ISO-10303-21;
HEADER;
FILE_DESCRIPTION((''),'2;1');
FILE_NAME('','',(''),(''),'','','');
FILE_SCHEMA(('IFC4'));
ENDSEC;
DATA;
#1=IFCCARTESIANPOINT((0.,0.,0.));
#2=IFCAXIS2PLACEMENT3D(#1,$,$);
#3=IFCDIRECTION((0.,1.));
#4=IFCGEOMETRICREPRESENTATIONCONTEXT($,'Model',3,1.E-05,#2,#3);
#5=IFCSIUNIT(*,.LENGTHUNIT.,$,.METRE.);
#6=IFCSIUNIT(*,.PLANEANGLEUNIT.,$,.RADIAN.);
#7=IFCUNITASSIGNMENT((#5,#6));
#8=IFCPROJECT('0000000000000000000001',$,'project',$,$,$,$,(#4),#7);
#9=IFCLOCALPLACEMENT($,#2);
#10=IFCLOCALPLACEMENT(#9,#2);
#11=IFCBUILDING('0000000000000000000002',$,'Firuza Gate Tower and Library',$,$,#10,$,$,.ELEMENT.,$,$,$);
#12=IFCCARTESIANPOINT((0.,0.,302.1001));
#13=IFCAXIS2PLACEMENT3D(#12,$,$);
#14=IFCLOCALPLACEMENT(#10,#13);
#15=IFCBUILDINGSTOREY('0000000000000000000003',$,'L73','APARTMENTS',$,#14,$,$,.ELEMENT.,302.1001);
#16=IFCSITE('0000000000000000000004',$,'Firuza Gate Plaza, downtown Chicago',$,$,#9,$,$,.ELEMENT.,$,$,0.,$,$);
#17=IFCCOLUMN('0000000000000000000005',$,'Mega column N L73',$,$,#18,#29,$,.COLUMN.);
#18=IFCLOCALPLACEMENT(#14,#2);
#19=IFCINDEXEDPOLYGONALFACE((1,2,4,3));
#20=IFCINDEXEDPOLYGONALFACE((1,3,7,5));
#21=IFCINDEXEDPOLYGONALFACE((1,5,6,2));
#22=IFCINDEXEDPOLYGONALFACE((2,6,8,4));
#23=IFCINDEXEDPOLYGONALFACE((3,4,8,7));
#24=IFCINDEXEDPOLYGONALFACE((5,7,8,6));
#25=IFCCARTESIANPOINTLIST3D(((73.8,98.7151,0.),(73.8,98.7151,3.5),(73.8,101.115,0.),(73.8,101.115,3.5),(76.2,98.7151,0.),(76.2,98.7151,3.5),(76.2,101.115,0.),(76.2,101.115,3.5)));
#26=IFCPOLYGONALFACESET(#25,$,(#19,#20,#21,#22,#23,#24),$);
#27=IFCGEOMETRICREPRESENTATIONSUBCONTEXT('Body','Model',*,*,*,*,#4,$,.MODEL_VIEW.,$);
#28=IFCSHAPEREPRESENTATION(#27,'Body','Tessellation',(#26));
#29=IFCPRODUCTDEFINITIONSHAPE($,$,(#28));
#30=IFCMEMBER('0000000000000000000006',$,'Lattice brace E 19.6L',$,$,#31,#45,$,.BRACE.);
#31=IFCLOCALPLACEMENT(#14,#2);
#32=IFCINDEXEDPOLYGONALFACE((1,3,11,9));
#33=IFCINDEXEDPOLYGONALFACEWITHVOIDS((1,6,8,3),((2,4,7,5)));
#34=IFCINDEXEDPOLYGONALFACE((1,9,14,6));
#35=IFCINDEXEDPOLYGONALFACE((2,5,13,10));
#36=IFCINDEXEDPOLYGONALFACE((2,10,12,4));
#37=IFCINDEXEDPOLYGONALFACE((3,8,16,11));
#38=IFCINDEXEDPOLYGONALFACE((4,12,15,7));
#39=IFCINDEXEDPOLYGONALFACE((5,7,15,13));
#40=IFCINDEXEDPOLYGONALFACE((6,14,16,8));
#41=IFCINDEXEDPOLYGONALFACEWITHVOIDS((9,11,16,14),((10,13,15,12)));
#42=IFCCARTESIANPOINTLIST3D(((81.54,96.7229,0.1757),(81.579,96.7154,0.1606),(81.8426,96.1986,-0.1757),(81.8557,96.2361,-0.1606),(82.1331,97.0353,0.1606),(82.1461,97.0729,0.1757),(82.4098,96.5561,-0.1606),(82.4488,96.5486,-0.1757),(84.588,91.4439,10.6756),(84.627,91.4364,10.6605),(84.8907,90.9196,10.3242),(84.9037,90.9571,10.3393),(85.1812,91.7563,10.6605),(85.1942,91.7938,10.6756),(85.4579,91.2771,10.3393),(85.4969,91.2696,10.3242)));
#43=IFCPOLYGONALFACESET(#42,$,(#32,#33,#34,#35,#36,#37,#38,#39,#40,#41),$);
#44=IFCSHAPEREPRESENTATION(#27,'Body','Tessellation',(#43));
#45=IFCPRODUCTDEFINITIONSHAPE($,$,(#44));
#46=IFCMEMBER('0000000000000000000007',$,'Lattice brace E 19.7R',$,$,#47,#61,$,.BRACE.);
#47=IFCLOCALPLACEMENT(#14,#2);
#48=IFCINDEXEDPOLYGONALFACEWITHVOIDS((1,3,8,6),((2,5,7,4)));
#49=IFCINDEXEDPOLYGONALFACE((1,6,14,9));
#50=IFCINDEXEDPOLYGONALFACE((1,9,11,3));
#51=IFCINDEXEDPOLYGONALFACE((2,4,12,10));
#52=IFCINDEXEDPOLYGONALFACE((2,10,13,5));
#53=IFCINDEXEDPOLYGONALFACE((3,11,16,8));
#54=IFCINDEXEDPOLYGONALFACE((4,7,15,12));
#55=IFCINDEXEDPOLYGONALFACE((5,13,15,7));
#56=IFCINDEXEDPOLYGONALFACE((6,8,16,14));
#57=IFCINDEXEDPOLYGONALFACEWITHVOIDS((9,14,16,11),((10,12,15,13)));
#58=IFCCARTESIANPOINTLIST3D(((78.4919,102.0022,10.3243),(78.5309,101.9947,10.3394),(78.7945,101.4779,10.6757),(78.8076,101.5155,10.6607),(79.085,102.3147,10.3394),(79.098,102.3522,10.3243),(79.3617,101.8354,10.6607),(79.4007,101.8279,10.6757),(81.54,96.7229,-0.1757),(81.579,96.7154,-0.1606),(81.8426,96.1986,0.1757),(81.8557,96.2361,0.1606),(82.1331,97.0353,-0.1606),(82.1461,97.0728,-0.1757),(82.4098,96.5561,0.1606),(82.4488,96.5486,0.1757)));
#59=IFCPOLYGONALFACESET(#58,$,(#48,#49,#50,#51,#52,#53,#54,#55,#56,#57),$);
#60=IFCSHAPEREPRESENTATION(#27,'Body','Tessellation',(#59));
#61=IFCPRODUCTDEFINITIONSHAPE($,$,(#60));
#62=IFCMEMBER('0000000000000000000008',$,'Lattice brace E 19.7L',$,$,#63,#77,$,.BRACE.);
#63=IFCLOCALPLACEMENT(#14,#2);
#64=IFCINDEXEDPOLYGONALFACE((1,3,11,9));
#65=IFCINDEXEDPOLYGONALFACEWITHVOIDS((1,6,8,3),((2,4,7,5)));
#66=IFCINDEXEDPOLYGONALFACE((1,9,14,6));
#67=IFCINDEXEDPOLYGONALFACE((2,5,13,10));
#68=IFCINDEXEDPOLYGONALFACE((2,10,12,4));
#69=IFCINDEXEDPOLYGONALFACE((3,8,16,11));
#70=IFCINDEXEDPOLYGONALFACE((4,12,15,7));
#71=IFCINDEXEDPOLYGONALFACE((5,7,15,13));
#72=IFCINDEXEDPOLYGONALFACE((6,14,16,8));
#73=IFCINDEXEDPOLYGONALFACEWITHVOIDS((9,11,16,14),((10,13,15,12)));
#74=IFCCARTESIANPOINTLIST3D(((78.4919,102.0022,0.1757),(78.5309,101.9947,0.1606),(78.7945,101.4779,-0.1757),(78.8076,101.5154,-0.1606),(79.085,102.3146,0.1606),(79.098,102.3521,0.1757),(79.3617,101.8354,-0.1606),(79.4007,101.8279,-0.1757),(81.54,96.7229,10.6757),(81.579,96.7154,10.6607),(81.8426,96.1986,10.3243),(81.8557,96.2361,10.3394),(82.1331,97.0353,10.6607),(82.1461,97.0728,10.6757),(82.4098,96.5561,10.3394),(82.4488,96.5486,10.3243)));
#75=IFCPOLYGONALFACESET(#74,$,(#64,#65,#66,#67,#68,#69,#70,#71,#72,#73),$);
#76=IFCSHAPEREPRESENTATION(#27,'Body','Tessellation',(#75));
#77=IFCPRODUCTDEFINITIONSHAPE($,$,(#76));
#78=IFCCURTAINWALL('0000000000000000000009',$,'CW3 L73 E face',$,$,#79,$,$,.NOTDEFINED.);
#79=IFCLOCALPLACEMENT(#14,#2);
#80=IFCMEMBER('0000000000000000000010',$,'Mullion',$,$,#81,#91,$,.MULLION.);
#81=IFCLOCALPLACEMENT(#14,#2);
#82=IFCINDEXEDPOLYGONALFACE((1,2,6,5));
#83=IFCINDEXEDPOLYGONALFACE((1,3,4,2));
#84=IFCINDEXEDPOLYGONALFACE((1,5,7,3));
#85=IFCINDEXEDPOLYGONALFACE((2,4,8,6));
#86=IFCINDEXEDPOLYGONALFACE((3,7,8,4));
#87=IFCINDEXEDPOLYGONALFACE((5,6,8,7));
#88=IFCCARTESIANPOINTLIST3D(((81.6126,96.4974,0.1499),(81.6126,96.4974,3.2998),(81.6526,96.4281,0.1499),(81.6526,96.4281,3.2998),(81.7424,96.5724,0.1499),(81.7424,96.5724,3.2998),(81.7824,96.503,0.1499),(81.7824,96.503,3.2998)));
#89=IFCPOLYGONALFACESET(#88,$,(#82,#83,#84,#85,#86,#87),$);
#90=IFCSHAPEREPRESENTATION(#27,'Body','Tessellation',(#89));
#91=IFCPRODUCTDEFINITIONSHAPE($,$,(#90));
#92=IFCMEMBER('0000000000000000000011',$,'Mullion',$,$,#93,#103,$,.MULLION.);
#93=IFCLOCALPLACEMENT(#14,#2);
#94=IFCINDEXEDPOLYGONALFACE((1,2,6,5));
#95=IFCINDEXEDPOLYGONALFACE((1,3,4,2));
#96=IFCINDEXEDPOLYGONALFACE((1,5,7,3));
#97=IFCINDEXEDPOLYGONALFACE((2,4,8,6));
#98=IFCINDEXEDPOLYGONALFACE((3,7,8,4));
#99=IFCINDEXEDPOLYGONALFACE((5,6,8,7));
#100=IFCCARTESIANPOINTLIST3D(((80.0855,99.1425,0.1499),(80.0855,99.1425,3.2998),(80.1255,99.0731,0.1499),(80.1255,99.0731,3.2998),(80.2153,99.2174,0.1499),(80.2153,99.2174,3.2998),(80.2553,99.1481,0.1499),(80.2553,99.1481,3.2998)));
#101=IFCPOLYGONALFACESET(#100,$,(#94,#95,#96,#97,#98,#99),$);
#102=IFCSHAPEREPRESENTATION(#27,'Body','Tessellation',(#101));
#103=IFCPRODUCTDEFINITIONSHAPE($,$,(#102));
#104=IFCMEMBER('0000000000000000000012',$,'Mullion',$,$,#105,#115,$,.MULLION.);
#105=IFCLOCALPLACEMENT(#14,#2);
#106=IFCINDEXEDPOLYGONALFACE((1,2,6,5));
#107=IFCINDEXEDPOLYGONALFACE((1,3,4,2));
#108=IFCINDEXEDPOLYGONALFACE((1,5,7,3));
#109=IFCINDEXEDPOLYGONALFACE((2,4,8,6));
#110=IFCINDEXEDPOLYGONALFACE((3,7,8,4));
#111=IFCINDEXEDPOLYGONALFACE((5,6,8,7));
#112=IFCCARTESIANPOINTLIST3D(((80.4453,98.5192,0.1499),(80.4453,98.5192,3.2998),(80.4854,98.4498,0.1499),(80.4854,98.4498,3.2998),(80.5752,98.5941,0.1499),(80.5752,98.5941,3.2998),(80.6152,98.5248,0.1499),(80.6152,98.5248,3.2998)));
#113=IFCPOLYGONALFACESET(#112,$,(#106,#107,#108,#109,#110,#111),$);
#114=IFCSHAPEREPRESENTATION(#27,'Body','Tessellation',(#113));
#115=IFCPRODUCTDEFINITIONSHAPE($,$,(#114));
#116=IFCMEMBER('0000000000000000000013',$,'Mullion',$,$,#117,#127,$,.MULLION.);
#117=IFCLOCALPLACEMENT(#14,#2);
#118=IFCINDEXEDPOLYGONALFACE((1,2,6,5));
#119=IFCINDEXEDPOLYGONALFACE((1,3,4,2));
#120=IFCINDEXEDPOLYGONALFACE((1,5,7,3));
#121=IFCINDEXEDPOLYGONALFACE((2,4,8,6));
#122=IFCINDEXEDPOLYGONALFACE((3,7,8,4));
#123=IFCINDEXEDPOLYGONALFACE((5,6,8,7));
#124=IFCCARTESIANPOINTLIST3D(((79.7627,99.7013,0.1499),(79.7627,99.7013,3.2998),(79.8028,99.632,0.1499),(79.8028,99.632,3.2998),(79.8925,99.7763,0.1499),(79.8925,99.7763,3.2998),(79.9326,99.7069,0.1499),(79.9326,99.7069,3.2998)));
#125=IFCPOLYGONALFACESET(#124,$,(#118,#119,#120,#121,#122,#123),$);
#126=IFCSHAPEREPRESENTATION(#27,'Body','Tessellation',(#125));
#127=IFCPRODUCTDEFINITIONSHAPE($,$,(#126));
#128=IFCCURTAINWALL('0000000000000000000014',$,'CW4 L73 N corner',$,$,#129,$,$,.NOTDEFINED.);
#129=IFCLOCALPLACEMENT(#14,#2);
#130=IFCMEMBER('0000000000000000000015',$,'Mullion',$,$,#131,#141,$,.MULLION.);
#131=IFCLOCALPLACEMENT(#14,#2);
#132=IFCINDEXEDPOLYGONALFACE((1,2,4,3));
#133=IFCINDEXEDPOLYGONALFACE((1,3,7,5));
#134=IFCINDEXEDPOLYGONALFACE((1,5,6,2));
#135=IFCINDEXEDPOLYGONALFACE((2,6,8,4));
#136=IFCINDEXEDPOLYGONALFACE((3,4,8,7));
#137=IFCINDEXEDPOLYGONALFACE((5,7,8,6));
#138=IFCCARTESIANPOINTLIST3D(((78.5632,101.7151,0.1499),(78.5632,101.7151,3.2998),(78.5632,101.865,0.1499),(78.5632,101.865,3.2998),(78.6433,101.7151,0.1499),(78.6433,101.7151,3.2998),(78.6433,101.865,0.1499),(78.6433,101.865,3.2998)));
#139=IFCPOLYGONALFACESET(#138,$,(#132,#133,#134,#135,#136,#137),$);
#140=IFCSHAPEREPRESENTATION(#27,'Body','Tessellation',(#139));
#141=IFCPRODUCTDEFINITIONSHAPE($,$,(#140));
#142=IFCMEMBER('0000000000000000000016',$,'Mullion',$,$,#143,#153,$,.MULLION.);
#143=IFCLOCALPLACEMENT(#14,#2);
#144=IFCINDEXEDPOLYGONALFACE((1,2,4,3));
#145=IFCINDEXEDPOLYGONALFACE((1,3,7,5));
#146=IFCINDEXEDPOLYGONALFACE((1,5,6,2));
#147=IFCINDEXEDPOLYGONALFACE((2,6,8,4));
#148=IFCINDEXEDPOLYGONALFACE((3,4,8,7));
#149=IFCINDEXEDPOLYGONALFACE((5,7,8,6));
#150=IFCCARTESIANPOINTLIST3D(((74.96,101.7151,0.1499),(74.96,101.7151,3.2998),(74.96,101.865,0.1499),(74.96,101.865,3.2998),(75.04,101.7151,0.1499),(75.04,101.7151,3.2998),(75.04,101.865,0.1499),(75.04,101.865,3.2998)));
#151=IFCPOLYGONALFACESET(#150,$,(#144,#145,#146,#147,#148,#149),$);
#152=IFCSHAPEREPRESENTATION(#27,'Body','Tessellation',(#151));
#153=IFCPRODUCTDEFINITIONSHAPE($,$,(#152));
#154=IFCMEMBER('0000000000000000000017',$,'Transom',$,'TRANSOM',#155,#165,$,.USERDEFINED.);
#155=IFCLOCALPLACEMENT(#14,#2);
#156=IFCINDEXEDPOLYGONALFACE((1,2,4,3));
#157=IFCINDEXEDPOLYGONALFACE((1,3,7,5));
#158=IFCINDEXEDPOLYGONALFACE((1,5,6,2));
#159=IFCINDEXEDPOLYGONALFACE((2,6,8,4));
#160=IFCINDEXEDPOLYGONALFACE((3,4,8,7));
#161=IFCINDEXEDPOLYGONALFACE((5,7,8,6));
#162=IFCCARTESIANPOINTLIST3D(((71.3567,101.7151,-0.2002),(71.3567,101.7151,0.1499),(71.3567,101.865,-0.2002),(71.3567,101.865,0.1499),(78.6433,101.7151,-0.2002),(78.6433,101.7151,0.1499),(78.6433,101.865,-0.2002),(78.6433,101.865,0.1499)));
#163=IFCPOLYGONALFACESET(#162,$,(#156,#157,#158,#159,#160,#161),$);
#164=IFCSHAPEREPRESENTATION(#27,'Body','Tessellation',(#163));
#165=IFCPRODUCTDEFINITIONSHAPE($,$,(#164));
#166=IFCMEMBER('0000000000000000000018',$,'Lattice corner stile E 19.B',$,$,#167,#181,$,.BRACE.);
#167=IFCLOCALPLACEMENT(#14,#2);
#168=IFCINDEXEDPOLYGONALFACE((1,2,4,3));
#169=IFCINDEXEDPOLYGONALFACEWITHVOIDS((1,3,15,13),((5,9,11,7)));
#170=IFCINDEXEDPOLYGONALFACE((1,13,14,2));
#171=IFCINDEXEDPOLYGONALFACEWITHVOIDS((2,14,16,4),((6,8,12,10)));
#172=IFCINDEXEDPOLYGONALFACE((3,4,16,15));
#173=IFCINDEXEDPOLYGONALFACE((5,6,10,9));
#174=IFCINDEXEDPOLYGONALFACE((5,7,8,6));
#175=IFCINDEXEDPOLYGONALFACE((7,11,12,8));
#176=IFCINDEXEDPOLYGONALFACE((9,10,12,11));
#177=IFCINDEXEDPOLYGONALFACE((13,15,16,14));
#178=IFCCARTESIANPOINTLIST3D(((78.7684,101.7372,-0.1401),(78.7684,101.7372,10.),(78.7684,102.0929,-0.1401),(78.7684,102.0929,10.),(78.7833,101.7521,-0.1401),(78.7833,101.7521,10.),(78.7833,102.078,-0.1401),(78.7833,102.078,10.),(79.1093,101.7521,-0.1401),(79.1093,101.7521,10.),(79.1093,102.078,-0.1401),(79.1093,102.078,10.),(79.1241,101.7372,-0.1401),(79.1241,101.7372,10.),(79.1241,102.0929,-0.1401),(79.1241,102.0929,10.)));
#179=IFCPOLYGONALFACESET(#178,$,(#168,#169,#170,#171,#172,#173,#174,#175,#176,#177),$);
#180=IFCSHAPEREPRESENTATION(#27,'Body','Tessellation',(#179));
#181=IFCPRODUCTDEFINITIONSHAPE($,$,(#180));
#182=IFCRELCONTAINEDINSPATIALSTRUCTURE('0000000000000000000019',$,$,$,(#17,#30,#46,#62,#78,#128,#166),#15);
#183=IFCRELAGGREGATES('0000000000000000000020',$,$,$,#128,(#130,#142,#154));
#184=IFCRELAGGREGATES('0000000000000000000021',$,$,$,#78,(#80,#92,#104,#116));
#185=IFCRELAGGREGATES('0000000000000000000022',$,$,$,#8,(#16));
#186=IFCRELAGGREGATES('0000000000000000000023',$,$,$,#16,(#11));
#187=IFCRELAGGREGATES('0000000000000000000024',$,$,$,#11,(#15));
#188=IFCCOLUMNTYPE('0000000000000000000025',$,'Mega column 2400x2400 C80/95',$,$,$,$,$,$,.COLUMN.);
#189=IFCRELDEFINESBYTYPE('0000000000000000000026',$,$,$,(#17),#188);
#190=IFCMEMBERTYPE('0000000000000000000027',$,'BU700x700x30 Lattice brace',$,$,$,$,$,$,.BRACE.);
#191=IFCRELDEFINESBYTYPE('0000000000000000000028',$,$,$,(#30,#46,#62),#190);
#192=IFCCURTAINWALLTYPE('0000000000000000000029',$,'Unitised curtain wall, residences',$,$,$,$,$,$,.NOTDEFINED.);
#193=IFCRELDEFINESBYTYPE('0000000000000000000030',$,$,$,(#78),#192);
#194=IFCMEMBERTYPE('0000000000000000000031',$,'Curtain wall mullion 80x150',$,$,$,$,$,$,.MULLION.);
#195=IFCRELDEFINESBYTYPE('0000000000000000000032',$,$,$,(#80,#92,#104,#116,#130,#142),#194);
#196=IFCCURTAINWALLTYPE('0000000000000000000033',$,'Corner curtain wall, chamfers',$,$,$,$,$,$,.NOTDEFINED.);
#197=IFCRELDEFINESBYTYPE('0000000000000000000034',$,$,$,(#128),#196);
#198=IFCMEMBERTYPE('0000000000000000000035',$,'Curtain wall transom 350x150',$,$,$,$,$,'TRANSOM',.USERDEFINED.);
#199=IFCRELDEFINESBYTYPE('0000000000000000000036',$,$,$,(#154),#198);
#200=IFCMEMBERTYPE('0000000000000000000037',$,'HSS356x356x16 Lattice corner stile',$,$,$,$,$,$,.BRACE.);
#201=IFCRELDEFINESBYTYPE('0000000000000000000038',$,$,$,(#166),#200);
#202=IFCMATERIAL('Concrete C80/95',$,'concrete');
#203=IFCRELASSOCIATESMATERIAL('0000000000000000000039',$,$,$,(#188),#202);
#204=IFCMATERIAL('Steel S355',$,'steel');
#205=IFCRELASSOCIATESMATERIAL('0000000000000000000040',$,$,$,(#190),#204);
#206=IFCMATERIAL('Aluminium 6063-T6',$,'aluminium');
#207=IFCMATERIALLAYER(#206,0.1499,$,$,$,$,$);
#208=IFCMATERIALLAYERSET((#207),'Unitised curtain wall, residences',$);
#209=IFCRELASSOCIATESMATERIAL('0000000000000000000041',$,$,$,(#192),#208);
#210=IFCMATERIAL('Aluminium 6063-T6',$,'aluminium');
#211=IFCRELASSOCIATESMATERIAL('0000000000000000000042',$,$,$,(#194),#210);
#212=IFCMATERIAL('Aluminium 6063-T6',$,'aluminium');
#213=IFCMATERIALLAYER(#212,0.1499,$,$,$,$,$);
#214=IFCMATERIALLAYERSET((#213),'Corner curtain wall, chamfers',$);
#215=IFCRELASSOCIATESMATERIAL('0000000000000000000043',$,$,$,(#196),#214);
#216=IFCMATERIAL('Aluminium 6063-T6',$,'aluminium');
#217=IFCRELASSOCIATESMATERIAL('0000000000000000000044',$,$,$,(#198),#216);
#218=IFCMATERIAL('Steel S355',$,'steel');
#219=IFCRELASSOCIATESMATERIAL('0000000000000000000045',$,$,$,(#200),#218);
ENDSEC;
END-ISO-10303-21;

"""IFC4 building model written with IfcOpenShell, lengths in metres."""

from ifc_helpers import new_model, si_unit, direction, frame, origin, origin_2d, place, context, subcontext, project, spatial, rectangle, hollow_rectangle, extrude, material, layer, layer_set, material_profile, profile_set, type_object, element, aggregate, save


model = new_model("IFC4")

# Units and contexts
model_context = context("Model", 3, precision=1e-05, world=origin(), true_north=direction((0.0, 1.0)))
body_context = subcontext(model_context, "Body", "Model", "MODEL_VIEW")
ifc_project = project(units=[si_unit("LENGTHUNIT", "METRE"), si_unit("PLANEANGLEUNIT", "RADIAN")], contexts=[model_context])

# Site, building, storey
site_placement = place(None, origin())
site = spatial("IfcSite", under=ifc_project, at=site_placement, Name="Firuza Gate Plaza, downtown Chicago", CompositionType="ELEMENT", RefElevation=0.0)
building_placement = place(site_placement, origin())
building = spatial("IfcBuilding", under=site, at=building_placement, Name="Firuza Gate Tower and Library", CompositionType="ELEMENT")
storey_placement = place(building_placement, frame((0.0, 0.0, 302.1001)))
storey = spatial("IfcBuildingStorey", under=building, at=storey_placement, Name="L73", Description="APARTMENTS", CompositionType="ELEMENT", Elevation=302.1001)

# Column
ifc_material_1 = material(Name="Concrete C80/95", Category="concrete")
ifc_material_profile_1 = material_profile(ifc_material_1, rectangle(XDim=2.3999, YDim=2.3999, at=origin_2d()))
ifc_profile_set_1 = profile_set([ifc_material_profile_1], Name="Concrete C80/95")
column_type = type_object("IfcColumnType", Name="Mega column 2400x2400 C80/95", PredefinedType="COLUMN", material=ifc_profile_set_1)
column_placement = place(storey_placement, frame((75.0, 99.915, 0.0), z_axis=(0.0, 0.0, 1.0), x_axis=(-1.0, 0.0, 0.0)))
element("IfcColumn", 1, at=column_placement, inside=storey, type_object=column_type, Name="Mega column N L73", PredefinedType="COLUMN", context=body_context, shape_type="SweptSolid", body=[
    extrude(rectangle(XDim=2.3999, YDim=2.3999, at=origin_2d()), origin(), (0.0, 0.0, 1.0), 3.5),
])

# Members
ifc_material_2 = material(Name="Steel S355", Category="steel")
ifc_material_profile_2 = material_profile(ifc_material_2, hollow_rectangle(XDim=0.7, YDim=0.7, WallThickness=0.03, at=origin_2d()))
ifc_profile_set_2 = profile_set([ifc_material_profile_2], Name="Steel S355")
member_type_1 = type_object("IfcMemberType", Name="BU700x700x30 Lattice brace", PredefinedType="BRACE", material=ifc_profile_set_2)
member_1_placement = place(storey_placement, frame((81.9944, 96.6357, 0.0), z_axis=(0.251053, -0.434804, 0.864822), x_axis=(0.866009, 0.500029, 0.0)))
element("IfcMember", 2, at=member_1_placement, inside=storey, type_object=member_type_1, Name="Lattice brace E 19.6L", PredefinedType="BRACE", context=body_context, shape_type="SweptSolid", body=[
    extrude(hollow_rectangle(XDim=0.7, YDim=0.7, WallThickness=0.03, at=origin_2d()), origin(), (0.0, 0.0, 1.0), 12.1411),
])
for number, where, z_axis, x_axis, name in (
    (3, (81.9944, 96.6357, 0.0), (-0.251051, 0.43482, 0.864815), (-0.866019, -0.500011, 0.0), "Lattice brace E 19.7R"),
    (4, (78.9463, 101.915, 0.0), (0.251051, -0.43482, 0.864815), (0.866019, 0.500011, 0.0), "Lattice brace E 19.7L"),
):
    element("IfcMember", number, at=place(storey_placement, frame(where, z_axis=z_axis, x_axis=x_axis)), inside=storey, type_object=member_type_1, Name=name, PredefinedType="BRACE", context=body_context, shape_type="SweptSolid", body=[
        extrude(hollow_rectangle(XDim=0.7, YDim=0.7, WallThickness=0.03, at=origin_2d()), origin(), (0.0, 0.0, 1.0), 12.1414),
    ])

# Curtain walls, members
ifc_material_3 = material(Name="Aluminium 6063-T6", Category="aluminium")
ifc_layer_1 = layer(ifc_material_3, 0.1499)
ifc_layer_set_1 = layer_set([ifc_layer_1], Name="Unitised curtain wall, residences")
curtain_wall_type_1 = type_object("IfcCurtainWallType", Name="Unitised curtain wall, residences", PredefinedType="NOTDEFINED", material=ifc_layer_set_1)
placement = place(storey_placement, origin())
curtain_wall_1 = element("IfcCurtainWall", 5, at=placement, inside=storey, type_object=curtain_wall_type_1, Name="CW3 L73 E face", PredefinedType="NOTDEFINED")
ifc_material_4 = material(Name="Aluminium 6063-T6", Category="aluminium")
ifc_material_profile_3 = material_profile(ifc_material_4, rectangle(XDim=0.1499, YDim=0.0801, at=origin_2d()))
ifc_profile_set_3 = profile_set([ifc_material_profile_3], Name="Aluminium 6063-T6")
member_type_2 = type_object("IfcMemberType", Name="Curtain wall mullion 80x150", PredefinedType="MULLION", material=ifc_profile_set_3)
member_2_placement = place(storey_placement, frame((81.6975, 96.5002, 0.1499), z_axis=(0.0, 0.0, 1.0), x_axis=(-0.866025, -0.5, 0.0)))
member_2 = element("IfcMember", 6, at=member_2_placement, type_object=member_type_2, Name="Mullion", PredefinedType="MULLION", context=body_context, shape_type="SweptSolid", body=[
    extrude(rectangle(XDim=0.1499, YDim=0.0801, at=origin_2d()), origin(), (0.0, 0.0, 1.0), 3.1499),
])
member_3_placement = place(storey_placement, frame((80.1704, 99.1453, 0.1499), z_axis=(0.0, 0.0, 1.0), x_axis=(-0.866025, -0.5, 0.0)))
member_3 = element("IfcMember", 7, at=member_3_placement, type_object=member_type_2, Name="Mullion", PredefinedType="MULLION", context=body_context, shape_type="SweptSolid", body=[
    extrude(rectangle(XDim=0.1499, YDim=0.0801, at=origin_2d()), origin(), (0.0, 0.0, 1.0), 3.1499),
])
member_4_placement = place(storey_placement, frame((80.5303, 98.522, 0.1499), z_axis=(0.0, 0.0, 1.0), x_axis=(-0.866025, -0.5, 0.0)))
member_4 = element("IfcMember", 8, at=member_4_placement, type_object=member_type_2, Name="Mullion", PredefinedType="MULLION", context=body_context, shape_type="SweptSolid", body=[
    extrude(rectangle(XDim=0.1499, YDim=0.0801, at=origin_2d()), origin(), (0.0, 0.0, 1.0), 3.1499),
])
member_5_placement = place(storey_placement, frame((79.8477, 99.7041, 0.1499), z_axis=(0.0, 0.0, 1.0), x_axis=(-0.866025, -0.5, 0.0)))
member_5 = element("IfcMember", 9, at=member_5_placement, type_object=member_type_2, Name="Mullion", PredefinedType="MULLION", context=body_context, shape_type="SweptSolid", body=[
    extrude(rectangle(XDim=0.1499, YDim=0.0801, at=origin_2d()), origin(), (0.0, 0.0, 1.0), 3.1499),
])
ifc_material_5 = material(Name="Aluminium 6063-T6", Category="aluminium")
ifc_layer_2 = layer(ifc_material_5, 0.1499)
ifc_layer_set_2 = layer_set([ifc_layer_2], Name="Corner curtain wall, chamfers")
curtain_wall_type_2 = type_object("IfcCurtainWallType", Name="Corner curtain wall, chamfers", PredefinedType="NOTDEFINED", material=ifc_layer_set_2)
curtain_wall_2 = element("IfcCurtainWall", 10, at=placement, inside=storey, type_object=curtain_wall_type_2, Name="CW4 L73 N corner", PredefinedType="NOTDEFINED")
member_6_placement = place(storey_placement, frame((78.6033, 101.79, 0.1499), z_axis=(0.0, 0.0, 1.0), x_axis=(0.0, -1.0, 0.0)))
member_6 = element("IfcMember", 11, at=member_6_placement, type_object=member_type_2, Name="Mullion", PredefinedType="MULLION", context=body_context, shape_type="SweptSolid", body=[
    extrude(rectangle(XDim=0.1499, YDim=0.0801, at=origin_2d()), origin(), (0.0, 0.0, 1.0), 3.1499),
])
member_7_placement = place(storey_placement, frame((75.0, 101.79, 0.1499), z_axis=(0.0, 0.0, 1.0), x_axis=(0.0, -1.0, 0.0)))
member_7 = element("IfcMember", 12, at=member_7_placement, type_object=member_type_2, Name="Mullion", PredefinedType="MULLION", context=body_context, shape_type="SweptSolid", body=[
    extrude(rectangle(XDim=0.1499, YDim=0.0801, at=origin_2d()), origin(), (0.0, 0.0, 1.0), 3.1499),
])
ifc_material_6 = material(Name="Aluminium 6063-T6", Category="aluminium")
ifc_material_profile_4 = material_profile(ifc_material_6, rectangle(XDim=0.1499, YDim=0.3501, at=origin_2d()))
ifc_profile_set_4 = profile_set([ifc_material_profile_4], Name="Aluminium 6063-T6")
member_type_3 = type_object("IfcMemberType", Name="Curtain wall transom 350x150", ElementType="TRANSOM", PredefinedType="USERDEFINED", material=ifc_profile_set_4)
member_8_placement = place(storey_placement, frame((78.6433, 101.79, -0.0251), z_axis=(-1.0, 0.0, 0.0), x_axis=(0.0, -1.0, 0.0)))
member_8 = element("IfcMember", 13, at=member_8_placement, type_object=member_type_3, Name="Transom", ObjectType="TRANSOM", PredefinedType="USERDEFINED", context=body_context, shape_type="SweptSolid", body=[
    extrude(rectangle(XDim=0.1499, YDim=0.3501, at=origin_2d()), origin(), (0.0, 0.0, 1.0), 7.2866),
])

# Member
ifc_material_7 = material(Name="Steel S355", Category="steel")
ifc_material_profile_5 = material_profile(ifc_material_7, hollow_rectangle(XDim=0.3557, YDim=0.3557, WallThickness=0.0149, at=origin_2d()))
ifc_profile_set_5 = profile_set([ifc_material_profile_5], Name="Steel S355")
member_type_4 = type_object("IfcMemberType", Name="HSS356x356x16 Lattice corner stile", PredefinedType="BRACE", material=ifc_profile_set_5)
member_9_placement = place(storey_placement, frame((78.9463, 101.915, -0.1401), z_axis=(0.0, 0.0, 1.0), x_axis=(1.0, 0.0, 0.0)))
element("IfcMember", 14, at=member_9_placement, inside=storey, type_object=member_type_4, Name="Lattice corner stile E 19.B", PredefinedType="BRACE", context=body_context, shape_type="SweptSolid", body=[
    extrude(hollow_rectangle(XDim=0.3557, YDim=0.3557, WallThickness=0.0149, at=origin_2d()), origin(), (0.0, 0.0, 1.0), 10.1401),
])

aggregate(curtain_wall_2, [member_6, member_7, member_8])
aggregate(curtain_wall_1, [member_2, member_3, member_4, member_5])

save(model, "model.ifc")
